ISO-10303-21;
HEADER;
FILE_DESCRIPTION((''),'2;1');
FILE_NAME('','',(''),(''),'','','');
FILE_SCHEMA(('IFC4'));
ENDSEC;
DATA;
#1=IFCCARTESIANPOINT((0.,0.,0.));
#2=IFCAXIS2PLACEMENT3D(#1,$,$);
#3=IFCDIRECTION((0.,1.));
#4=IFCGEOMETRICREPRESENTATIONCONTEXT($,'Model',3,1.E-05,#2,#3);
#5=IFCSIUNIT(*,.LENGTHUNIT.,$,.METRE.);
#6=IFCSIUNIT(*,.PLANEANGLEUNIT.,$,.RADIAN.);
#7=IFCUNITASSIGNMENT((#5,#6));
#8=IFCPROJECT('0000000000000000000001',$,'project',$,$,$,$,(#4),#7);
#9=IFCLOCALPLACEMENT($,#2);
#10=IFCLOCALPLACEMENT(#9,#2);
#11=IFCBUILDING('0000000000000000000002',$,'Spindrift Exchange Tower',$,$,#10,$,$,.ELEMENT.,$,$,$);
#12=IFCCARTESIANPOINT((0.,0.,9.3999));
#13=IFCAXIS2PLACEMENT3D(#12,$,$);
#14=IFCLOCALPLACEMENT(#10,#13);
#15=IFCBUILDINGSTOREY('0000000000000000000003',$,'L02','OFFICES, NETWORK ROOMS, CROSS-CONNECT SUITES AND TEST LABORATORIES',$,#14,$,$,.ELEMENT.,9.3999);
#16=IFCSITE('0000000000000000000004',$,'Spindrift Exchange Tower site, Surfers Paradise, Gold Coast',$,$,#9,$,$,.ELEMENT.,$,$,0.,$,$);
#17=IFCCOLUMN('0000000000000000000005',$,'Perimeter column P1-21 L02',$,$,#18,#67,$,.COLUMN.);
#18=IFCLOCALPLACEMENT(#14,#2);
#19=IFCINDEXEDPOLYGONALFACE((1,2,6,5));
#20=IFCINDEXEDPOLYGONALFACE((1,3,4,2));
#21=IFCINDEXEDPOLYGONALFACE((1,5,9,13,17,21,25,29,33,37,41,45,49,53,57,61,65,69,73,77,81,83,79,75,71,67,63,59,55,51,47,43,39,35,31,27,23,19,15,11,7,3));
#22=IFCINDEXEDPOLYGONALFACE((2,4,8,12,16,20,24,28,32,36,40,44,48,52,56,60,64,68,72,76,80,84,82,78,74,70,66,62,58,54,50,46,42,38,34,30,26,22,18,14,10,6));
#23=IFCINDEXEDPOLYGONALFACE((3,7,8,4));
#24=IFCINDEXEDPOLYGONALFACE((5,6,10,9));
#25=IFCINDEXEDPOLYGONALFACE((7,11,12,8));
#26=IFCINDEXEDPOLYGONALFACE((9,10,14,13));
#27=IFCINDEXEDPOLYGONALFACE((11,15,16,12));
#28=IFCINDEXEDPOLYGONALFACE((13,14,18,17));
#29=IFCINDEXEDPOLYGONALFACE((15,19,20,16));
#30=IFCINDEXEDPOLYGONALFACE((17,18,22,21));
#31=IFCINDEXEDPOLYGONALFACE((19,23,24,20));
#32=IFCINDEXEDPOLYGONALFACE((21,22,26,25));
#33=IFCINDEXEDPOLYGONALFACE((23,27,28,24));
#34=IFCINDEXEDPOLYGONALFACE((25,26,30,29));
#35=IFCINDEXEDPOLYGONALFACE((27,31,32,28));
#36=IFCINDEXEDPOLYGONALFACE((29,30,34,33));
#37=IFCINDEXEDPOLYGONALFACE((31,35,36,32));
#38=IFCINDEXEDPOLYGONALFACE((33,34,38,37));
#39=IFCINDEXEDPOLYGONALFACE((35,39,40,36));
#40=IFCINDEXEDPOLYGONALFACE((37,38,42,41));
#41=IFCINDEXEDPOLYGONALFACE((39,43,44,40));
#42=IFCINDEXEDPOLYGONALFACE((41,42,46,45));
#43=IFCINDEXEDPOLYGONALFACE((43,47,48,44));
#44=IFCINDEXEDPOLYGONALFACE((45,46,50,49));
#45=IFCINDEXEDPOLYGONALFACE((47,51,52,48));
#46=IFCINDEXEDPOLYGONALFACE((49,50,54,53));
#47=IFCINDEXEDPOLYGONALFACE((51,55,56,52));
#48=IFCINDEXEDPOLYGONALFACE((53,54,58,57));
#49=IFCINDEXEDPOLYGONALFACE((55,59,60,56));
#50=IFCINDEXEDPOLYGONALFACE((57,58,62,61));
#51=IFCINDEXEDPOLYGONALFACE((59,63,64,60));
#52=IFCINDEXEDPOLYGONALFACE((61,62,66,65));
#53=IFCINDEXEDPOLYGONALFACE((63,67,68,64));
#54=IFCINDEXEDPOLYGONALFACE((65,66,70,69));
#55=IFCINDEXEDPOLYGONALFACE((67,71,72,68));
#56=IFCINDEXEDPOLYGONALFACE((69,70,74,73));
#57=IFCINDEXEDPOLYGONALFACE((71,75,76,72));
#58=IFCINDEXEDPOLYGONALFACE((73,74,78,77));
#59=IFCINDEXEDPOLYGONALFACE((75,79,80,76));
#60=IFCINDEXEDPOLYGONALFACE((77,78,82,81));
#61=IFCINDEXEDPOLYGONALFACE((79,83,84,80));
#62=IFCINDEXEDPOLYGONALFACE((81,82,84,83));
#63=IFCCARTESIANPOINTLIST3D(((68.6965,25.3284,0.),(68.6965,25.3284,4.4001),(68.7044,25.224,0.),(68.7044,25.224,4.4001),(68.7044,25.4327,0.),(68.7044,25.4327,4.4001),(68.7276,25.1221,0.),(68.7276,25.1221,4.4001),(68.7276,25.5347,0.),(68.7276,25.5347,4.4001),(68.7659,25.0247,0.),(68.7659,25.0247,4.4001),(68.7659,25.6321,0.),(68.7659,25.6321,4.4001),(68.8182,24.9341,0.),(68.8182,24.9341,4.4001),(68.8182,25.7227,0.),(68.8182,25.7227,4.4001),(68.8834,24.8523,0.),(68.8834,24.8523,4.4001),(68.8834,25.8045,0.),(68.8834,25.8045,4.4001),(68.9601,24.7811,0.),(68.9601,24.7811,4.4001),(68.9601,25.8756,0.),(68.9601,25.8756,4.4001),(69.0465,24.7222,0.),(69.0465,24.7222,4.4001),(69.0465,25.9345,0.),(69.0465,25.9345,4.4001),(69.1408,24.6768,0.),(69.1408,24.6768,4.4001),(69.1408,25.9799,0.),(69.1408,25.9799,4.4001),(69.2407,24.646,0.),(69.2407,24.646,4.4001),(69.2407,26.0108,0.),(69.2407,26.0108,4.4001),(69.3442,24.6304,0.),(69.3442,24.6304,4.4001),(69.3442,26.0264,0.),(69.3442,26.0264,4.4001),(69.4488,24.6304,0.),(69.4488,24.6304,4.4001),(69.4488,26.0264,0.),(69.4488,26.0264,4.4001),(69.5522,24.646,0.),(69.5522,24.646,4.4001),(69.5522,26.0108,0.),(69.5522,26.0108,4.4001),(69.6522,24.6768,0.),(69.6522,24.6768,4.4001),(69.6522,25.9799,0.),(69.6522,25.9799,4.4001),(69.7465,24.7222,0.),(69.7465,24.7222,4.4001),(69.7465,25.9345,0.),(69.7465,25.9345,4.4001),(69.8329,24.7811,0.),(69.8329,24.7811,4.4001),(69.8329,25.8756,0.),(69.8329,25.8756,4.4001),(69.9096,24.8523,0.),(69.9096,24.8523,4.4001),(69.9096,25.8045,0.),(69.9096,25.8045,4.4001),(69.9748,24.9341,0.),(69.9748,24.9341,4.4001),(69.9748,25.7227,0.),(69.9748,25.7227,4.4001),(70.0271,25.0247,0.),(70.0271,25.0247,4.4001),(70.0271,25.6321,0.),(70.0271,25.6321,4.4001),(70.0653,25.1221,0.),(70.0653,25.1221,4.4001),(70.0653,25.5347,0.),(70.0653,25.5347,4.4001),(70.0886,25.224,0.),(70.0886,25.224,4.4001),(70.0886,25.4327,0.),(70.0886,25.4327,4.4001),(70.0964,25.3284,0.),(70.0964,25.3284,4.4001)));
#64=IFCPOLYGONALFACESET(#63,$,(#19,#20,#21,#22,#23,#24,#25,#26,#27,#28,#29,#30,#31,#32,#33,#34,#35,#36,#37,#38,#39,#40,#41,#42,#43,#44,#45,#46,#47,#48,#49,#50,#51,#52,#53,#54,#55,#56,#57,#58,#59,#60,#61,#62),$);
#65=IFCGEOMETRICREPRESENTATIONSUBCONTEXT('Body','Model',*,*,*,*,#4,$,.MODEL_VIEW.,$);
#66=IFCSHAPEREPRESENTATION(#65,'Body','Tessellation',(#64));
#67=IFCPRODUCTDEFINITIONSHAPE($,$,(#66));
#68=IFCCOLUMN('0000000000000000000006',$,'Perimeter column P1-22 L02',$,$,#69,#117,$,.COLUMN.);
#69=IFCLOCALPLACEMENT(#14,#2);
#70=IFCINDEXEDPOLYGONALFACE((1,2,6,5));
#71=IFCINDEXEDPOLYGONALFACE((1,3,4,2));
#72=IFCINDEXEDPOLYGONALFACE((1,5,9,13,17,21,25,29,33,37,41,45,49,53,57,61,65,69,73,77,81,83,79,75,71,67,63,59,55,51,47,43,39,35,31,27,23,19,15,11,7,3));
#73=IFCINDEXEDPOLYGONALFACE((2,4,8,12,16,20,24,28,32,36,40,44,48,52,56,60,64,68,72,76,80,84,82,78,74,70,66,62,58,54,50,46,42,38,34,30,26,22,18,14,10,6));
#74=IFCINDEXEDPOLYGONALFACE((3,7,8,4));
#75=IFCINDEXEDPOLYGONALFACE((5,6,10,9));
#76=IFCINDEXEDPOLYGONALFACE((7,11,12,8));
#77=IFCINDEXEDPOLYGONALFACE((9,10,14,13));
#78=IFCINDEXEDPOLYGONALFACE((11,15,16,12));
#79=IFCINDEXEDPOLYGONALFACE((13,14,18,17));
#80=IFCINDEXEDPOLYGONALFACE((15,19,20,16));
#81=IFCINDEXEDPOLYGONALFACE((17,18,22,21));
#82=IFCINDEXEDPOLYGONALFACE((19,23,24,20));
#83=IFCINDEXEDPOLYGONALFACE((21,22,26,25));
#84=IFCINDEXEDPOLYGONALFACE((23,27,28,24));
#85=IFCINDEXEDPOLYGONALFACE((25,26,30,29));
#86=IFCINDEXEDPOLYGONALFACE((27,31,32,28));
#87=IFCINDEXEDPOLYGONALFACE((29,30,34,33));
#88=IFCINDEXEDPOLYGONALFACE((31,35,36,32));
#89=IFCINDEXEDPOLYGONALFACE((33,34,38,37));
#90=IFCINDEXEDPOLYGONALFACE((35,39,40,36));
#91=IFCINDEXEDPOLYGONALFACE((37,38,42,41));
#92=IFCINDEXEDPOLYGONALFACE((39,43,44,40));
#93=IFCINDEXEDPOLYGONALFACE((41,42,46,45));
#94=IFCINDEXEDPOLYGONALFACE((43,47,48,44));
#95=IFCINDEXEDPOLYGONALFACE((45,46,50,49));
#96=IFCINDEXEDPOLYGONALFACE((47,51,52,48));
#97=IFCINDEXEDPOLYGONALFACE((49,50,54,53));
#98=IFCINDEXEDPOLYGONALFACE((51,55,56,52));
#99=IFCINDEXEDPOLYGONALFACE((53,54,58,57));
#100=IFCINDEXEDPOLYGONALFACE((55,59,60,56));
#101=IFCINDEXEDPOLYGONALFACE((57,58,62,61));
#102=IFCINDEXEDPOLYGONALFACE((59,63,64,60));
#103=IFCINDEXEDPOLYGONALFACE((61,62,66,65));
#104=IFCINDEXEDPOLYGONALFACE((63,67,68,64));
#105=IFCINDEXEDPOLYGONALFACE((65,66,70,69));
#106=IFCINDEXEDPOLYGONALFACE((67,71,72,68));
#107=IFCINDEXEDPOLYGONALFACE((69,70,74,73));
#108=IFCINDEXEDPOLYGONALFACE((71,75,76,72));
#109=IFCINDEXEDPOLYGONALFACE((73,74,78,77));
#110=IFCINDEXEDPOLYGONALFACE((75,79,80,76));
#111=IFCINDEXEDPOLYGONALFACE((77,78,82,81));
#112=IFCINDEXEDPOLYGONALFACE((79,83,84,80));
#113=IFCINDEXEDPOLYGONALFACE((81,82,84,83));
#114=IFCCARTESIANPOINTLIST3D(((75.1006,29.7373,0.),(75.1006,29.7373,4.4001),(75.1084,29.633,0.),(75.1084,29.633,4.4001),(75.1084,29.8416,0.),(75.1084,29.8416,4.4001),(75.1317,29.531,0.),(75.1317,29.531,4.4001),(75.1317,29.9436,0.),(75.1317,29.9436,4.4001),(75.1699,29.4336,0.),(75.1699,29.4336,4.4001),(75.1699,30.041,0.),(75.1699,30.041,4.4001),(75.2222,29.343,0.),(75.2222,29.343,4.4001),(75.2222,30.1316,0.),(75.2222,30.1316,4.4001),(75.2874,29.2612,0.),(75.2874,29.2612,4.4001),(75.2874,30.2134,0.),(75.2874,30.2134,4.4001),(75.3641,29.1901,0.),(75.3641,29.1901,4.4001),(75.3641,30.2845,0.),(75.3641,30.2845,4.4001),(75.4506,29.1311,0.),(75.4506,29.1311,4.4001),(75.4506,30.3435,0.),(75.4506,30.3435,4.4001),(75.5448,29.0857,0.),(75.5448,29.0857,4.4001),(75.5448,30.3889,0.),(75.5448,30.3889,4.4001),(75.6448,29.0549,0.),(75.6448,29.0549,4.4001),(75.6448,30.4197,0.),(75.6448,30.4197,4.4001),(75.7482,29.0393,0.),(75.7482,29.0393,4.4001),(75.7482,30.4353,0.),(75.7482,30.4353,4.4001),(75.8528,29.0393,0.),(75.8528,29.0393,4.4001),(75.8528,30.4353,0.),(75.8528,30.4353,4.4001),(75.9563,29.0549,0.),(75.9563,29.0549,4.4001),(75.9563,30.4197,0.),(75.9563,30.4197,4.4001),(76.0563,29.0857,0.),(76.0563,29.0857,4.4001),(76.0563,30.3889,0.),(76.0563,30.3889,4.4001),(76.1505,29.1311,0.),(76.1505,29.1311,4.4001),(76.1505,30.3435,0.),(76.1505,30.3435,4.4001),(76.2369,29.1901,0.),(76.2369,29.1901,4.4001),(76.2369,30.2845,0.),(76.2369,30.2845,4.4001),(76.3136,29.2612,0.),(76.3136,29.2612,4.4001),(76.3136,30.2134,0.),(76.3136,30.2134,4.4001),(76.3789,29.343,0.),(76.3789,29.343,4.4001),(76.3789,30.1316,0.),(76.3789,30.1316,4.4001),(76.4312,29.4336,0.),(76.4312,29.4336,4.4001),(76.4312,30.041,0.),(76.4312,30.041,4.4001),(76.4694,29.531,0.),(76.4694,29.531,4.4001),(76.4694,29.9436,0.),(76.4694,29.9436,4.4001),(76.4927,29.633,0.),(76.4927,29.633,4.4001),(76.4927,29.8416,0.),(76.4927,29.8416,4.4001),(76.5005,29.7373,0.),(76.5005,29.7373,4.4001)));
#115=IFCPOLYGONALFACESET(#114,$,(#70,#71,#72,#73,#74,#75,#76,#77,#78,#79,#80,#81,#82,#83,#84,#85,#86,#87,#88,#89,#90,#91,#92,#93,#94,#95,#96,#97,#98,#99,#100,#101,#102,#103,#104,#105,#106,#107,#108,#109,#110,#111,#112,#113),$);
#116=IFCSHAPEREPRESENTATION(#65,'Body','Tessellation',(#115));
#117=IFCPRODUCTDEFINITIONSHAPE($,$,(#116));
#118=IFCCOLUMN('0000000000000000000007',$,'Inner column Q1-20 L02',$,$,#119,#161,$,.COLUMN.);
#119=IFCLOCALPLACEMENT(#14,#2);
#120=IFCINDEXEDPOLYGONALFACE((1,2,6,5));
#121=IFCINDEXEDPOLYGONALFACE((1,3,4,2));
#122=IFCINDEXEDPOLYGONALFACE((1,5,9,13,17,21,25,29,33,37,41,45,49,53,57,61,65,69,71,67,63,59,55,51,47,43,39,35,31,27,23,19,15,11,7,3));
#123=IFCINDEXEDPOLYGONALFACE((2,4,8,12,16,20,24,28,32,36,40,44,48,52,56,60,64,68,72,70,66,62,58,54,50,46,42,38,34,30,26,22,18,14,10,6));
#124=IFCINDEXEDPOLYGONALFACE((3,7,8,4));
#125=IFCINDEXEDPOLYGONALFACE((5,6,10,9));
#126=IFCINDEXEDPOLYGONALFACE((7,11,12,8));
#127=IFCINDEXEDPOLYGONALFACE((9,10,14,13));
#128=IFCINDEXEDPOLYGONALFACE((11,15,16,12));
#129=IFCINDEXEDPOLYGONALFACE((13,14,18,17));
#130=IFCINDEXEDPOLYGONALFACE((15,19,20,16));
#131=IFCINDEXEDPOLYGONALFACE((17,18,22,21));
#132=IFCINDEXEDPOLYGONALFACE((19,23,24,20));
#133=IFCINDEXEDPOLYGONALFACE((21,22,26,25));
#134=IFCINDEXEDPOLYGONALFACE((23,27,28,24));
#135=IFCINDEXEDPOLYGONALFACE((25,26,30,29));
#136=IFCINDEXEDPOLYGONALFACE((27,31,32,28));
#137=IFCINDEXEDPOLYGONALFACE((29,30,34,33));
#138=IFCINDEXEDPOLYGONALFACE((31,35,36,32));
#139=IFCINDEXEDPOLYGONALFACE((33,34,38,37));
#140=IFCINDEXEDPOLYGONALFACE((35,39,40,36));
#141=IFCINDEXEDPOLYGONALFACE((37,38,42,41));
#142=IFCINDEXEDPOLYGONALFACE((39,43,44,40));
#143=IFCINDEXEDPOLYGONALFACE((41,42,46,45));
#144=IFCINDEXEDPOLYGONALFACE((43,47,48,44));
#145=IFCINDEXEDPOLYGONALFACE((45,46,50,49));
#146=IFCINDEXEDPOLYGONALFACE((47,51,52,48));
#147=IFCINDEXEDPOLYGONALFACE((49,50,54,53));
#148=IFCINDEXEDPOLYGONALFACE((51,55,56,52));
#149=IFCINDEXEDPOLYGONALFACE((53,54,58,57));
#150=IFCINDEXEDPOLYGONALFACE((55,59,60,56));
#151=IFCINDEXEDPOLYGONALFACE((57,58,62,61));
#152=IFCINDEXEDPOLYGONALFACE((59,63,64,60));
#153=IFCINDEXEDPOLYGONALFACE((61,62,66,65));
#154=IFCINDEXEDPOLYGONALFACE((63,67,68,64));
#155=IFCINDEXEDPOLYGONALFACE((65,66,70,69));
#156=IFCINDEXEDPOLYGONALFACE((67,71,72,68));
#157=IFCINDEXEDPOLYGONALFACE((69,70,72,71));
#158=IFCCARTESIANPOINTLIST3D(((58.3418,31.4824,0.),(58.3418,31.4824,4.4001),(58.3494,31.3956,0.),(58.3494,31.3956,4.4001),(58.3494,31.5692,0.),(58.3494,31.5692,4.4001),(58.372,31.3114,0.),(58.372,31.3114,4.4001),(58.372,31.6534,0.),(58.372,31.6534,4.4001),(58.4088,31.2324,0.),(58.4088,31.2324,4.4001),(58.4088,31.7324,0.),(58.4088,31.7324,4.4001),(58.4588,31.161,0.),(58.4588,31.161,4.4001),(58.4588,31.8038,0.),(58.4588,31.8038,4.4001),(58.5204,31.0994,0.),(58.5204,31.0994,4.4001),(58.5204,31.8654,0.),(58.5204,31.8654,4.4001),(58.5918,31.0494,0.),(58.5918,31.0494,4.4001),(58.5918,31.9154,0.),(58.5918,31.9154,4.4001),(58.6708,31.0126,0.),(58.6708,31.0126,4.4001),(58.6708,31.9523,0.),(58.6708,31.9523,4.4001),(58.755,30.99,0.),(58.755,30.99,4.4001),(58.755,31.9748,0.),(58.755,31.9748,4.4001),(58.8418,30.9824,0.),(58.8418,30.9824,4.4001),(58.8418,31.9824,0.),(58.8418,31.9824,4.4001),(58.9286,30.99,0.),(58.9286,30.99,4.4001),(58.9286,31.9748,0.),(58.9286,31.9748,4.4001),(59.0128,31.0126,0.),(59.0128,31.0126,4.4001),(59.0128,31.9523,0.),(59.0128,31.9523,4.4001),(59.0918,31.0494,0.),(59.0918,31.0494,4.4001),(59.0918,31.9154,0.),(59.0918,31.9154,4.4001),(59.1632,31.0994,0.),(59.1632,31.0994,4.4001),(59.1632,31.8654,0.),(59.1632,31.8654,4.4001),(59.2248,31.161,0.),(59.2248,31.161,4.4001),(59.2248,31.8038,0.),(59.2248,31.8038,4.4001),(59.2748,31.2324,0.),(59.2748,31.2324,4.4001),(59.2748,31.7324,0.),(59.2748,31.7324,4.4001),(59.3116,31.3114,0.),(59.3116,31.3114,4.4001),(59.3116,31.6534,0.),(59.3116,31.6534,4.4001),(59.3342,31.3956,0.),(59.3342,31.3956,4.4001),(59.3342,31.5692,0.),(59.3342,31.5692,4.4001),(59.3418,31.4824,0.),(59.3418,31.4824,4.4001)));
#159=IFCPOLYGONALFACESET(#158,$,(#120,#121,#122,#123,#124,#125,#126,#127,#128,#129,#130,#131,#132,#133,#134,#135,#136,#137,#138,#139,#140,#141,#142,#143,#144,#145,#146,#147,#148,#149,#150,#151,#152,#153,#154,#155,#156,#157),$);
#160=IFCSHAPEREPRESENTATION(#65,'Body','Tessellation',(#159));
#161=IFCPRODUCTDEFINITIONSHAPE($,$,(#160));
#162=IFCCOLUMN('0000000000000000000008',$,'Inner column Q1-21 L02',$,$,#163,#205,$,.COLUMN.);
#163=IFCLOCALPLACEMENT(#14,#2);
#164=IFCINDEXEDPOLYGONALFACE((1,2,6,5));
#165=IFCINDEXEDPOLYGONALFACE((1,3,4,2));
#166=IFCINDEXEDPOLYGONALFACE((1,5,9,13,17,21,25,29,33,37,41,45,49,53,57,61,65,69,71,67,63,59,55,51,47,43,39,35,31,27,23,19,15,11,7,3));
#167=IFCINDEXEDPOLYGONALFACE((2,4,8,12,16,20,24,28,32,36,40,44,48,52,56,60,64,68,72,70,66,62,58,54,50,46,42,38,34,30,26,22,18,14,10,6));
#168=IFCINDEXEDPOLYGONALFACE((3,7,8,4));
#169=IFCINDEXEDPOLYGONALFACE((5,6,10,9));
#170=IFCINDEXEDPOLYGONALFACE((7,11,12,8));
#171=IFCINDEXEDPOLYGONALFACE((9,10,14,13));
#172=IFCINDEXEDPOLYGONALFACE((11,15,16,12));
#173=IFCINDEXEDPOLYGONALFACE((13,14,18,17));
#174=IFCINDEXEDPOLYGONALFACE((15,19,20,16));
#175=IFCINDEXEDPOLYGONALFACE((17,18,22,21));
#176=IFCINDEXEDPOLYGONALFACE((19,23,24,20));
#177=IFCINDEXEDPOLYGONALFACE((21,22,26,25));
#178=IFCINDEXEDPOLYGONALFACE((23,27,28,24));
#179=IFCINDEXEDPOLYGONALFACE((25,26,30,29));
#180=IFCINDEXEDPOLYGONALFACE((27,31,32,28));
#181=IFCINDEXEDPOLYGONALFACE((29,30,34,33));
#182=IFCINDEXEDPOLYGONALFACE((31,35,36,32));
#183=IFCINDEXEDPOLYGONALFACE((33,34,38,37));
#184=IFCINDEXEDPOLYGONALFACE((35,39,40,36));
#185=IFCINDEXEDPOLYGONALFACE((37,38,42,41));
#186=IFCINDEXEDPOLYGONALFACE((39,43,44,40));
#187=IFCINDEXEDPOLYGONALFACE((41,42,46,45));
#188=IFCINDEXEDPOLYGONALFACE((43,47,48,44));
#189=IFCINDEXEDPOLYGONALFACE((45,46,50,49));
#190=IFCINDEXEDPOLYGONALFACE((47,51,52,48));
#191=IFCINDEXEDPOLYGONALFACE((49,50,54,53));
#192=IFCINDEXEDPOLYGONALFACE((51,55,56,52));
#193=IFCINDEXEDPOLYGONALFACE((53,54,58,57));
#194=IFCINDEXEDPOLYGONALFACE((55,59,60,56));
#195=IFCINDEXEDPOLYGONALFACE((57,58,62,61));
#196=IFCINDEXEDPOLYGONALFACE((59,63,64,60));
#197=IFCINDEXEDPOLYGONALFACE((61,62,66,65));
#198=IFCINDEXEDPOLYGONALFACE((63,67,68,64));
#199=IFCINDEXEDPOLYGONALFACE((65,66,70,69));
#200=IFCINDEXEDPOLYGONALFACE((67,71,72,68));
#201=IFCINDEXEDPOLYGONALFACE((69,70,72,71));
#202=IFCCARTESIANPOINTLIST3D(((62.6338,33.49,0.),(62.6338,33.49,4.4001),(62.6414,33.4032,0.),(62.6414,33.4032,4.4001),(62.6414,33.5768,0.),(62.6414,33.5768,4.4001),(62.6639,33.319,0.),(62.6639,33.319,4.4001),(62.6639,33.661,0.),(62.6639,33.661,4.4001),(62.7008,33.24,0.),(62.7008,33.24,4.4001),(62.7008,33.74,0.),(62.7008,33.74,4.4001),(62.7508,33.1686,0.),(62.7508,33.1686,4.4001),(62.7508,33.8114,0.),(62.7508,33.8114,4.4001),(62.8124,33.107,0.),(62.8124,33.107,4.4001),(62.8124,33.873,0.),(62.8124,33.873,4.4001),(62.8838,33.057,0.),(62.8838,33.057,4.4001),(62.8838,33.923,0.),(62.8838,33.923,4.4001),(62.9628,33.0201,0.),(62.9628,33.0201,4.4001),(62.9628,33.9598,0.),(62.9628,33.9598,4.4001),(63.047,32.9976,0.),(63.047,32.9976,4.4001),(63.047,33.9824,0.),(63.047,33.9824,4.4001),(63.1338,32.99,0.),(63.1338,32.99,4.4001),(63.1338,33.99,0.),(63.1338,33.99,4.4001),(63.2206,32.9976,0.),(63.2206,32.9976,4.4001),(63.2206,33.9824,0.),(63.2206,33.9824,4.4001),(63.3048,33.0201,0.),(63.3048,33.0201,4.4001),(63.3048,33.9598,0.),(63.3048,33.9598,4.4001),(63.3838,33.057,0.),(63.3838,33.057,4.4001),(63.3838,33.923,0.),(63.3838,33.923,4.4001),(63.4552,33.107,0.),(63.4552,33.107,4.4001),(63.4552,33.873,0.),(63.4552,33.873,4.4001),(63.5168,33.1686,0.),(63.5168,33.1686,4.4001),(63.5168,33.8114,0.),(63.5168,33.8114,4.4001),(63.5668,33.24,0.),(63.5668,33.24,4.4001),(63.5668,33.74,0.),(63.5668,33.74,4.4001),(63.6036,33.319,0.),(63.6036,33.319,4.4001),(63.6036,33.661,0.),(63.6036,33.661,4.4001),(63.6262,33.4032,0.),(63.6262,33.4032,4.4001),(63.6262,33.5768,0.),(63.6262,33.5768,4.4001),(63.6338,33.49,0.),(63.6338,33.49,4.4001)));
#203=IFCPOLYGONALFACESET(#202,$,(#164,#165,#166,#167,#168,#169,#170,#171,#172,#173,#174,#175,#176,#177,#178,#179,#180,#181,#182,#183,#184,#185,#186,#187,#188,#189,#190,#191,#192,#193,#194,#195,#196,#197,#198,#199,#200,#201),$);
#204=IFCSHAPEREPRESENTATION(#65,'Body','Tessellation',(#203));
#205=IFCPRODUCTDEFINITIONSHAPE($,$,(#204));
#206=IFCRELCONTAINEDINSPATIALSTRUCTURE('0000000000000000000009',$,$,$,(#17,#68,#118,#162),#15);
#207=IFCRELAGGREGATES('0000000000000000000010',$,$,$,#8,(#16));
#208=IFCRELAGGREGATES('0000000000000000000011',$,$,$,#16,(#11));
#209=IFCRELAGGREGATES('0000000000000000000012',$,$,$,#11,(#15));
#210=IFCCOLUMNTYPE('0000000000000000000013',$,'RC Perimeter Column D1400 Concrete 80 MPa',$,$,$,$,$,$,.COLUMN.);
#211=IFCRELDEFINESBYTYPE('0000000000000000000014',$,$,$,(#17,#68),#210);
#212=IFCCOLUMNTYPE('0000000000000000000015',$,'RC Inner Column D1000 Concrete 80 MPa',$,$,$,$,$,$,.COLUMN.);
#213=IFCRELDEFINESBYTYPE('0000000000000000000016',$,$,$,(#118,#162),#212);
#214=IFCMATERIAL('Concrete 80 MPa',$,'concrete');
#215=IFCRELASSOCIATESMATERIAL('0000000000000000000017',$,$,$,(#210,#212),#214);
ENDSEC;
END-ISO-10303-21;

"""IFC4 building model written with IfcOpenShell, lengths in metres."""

from ifc_helpers import new_model, si_unit, direction, frame, origin, origin_2d, place, context, subcontext, project, spatial, circle, extrude, source, transform, mapped, material, material_profile, profile_set, type_object, element, save


model = new_model("IFC4")

# Units and contexts
model_context = context("Model", 3, precision=1e-05, world=origin(), true_north=direction((0.0, 1.0)))
body_context = subcontext(model_context, "Body", "Model", "MODEL_VIEW")
ifc_project = project(units=[si_unit("LENGTHUNIT", "METRE"), si_unit("PLANEANGLEUNIT", "RADIAN")], contexts=[model_context])

# Site, building, storey
site_placement = place(None, origin())
site = spatial("IfcSite", under=ifc_project, at=site_placement, Name="Spindrift Exchange Tower site, Surfers Paradise, Gold Coast", CompositionType="ELEMENT", RefElevation=0.0)
building_placement = place(site_placement, origin())
building = spatial("IfcBuilding", under=site, at=building_placement, Name="Spindrift Exchange Tower", CompositionType="ELEMENT")
storey_placement = place(building_placement, frame((0.0, 0.0, 9.3999)))
storey = spatial("IfcBuildingStorey", under=building, at=storey_placement, Name="L02", Description="OFFICES, NETWORK ROOMS, CROSS-CONNECT SUITES AND TEST LABORATORIES", CompositionType="ELEMENT", Elevation=9.3999)

# Columns
ifc_material_1 = material(Name="Concrete 80 MPa", Category="concrete")
ifc_material_profile_1 = material_profile(ifc_material_1, circle(Radius=0.7, at=origin_2d()), Name="RC D1400")
ifc_profile_set_1 = profile_set([ifc_material_profile_1], Name="Concrete 80 MPa")
column_type_1 = type_object("IfcColumnType", Name="RC Perimeter Column D1400 Concrete 80 MPa", PredefinedType="COLUMN", material=ifc_profile_set_1)
shared_shape_1 = source(origin(), body_context, "Body", "SweptSolid", [
    extrude(circle(Radius=0.7, at=origin_2d()), origin(), (0.0, 0.0, 1.0), 4.4001),
])
for number, where, z_axis, x_axis, name in (
    (1, (69.3965, 25.3284, 0.0), (0.0, 0.0, 1.0), (1.0, 0.0, 0.0), "Perimeter column P1-21 L02"),
    (2, (75.8005, 29.7373, 0.0), (0.0, 0.0, 1.0), (1.0, 0.0, 0.0), "Perimeter column P1-22 L02"),
):
    element("IfcColumn", number, at=place(storey_placement, frame(where, z_axis=z_axis, x_axis=x_axis)), inside=storey, type_object=column_type_1, Name=name, PredefinedType="COLUMN", context=body_context, shape_type="MappedRepresentation", body=[
        mapped(shared_shape_1, transform((0.0, 0.0, 0.0), scale=1.0)),
    ])
ifc_material_profile_2 = material_profile(ifc_material_1, circle(Radius=0.5, at=origin_2d()), Name="RC D1000")
ifc_profile_set_2 = profile_set([ifc_material_profile_2], Name="Concrete 80 MPa")
column_type_2 = type_object("IfcColumnType", Name="RC Inner Column D1000 Concrete 80 MPa", PredefinedType="COLUMN", material=ifc_profile_set_2)
shared_shape_2 = source(origin(), body_context, "Body", "SweptSolid", [
    extrude(circle(Radius=0.5, at=origin_2d()), origin(), (0.0, 0.0, 1.0), 4.4001),
])
for number, where, z_axis, x_axis, name in (
    (3, (58.8418, 31.4824, 0.0), (0.0, 0.0, 1.0), (1.0, 0.0, 0.0), "Inner column Q1-20 L02"),
    (4, (63.1338, 33.49, 0.0), (0.0, 0.0, 1.0), (1.0, 0.0, 0.0), "Inner column Q1-21 L02"),
):
    element("IfcColumn", number, at=place(storey_placement, frame(where, z_axis=z_axis, x_axis=x_axis)), inside=storey, type_object=column_type_2, Name=name, PredefinedType="COLUMN", context=body_context, shape_type="MappedRepresentation", body=[
        mapped(shared_shape_2, transform((0.0, 0.0, 0.0), scale=1.0)),
    ])

save(model, "model.ifc")
